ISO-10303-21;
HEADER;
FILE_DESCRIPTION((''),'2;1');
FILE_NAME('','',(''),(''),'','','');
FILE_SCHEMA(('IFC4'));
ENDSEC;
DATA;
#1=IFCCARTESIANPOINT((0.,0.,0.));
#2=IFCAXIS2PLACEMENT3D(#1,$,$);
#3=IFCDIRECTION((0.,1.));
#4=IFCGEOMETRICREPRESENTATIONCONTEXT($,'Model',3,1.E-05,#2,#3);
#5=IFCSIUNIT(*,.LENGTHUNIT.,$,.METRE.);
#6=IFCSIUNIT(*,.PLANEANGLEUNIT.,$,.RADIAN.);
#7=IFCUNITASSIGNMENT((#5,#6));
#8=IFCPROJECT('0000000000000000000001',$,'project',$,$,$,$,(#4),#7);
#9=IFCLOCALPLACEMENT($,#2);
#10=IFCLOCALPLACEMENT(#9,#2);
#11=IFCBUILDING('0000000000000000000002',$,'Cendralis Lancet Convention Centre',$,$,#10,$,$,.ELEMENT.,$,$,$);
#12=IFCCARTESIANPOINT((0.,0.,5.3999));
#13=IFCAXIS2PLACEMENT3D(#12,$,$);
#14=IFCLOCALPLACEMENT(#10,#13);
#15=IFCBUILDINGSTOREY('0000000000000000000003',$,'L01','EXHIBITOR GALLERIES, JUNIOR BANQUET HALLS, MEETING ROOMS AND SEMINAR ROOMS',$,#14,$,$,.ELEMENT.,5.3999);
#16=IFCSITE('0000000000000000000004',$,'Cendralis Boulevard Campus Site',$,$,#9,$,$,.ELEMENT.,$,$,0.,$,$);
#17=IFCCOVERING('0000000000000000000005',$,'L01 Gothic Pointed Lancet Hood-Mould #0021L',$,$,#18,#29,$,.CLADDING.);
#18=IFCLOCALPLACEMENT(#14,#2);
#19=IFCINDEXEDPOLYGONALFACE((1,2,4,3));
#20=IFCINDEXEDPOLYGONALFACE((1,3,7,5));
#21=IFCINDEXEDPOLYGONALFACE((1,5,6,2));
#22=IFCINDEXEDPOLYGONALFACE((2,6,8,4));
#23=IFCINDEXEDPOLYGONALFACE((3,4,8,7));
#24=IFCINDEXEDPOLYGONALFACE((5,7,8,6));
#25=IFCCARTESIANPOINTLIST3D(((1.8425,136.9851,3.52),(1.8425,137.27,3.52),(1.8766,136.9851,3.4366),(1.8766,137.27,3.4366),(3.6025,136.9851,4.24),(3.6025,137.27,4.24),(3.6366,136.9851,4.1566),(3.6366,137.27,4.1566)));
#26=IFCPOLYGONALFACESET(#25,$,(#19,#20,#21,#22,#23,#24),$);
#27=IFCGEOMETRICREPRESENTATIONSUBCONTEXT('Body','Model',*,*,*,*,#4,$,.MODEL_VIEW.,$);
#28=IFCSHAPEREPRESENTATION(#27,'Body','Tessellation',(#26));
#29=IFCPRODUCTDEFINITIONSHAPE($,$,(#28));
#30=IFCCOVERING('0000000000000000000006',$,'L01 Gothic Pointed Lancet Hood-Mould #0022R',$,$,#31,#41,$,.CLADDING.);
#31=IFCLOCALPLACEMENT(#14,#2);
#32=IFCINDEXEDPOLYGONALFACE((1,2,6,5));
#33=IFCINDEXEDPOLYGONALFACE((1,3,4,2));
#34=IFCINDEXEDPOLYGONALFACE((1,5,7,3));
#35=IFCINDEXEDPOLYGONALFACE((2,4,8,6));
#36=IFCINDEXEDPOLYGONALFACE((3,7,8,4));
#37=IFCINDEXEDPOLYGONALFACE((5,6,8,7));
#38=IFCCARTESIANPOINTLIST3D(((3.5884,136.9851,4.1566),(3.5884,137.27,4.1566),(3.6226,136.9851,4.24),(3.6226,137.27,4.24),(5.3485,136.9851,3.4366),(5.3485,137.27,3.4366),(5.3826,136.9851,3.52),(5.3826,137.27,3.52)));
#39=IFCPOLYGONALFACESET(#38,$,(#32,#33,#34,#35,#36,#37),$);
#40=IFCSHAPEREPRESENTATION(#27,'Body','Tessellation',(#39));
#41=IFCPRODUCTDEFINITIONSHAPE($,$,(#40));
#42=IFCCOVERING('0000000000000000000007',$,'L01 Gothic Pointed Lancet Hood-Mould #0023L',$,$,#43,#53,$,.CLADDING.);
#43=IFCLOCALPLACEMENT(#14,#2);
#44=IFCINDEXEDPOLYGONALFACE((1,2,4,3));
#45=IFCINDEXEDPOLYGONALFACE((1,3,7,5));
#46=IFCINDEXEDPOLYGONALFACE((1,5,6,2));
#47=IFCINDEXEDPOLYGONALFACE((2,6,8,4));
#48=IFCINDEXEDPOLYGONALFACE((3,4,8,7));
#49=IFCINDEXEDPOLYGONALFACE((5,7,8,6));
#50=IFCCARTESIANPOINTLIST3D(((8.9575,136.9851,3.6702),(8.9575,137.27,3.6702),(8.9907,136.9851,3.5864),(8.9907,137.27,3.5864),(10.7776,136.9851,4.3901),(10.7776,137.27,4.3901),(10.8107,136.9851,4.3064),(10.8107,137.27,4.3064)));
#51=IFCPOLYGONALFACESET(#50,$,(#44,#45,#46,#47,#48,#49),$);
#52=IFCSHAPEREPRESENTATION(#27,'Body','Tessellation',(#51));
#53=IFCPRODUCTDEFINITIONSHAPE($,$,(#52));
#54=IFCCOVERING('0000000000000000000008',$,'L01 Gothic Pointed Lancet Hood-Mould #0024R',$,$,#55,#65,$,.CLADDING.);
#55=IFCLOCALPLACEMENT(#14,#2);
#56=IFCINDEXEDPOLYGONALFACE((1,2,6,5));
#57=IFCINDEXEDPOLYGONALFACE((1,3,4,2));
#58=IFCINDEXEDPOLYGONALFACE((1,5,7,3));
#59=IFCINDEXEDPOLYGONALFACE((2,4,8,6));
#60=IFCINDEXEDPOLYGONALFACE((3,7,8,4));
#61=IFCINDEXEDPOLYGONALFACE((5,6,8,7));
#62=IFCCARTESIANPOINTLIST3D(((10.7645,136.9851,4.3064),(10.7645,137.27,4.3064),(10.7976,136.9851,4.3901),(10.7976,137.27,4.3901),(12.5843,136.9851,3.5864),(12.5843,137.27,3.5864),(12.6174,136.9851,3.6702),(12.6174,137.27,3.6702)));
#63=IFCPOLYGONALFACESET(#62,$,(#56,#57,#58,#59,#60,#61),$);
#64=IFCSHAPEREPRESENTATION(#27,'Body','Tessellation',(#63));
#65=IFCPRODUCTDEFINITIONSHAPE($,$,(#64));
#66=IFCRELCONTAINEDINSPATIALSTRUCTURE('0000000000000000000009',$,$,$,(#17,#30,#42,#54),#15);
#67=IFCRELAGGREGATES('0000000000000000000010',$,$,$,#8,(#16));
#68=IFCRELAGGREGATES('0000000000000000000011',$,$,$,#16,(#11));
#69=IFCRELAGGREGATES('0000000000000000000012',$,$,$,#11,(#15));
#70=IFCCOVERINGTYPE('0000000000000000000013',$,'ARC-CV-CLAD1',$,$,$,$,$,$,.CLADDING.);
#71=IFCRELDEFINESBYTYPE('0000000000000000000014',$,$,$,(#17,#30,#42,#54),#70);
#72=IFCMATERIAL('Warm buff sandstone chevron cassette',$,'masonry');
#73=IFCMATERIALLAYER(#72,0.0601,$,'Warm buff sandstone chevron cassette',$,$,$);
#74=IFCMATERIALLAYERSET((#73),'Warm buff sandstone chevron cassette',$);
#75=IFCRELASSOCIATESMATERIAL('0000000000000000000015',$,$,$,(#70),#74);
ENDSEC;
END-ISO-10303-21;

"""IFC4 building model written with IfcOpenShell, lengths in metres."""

from ifc_helpers import new_model, si_unit, direction, frame, origin, place, context, subcontext, project, spatial, polyline, outline, extrude, material, layer, layer_set, type_object, element, save


model = new_model("IFC4")

# Units and contexts
model_context = context("Model", 3, precision=1e-05, world=origin(), true_north=direction((0.0, 1.0)))
body_context = subcontext(model_context, "Body", "Model", "MODEL_VIEW")
ifc_project = project(units=[si_unit("LENGTHUNIT", "METRE"), si_unit("PLANEANGLEUNIT", "RADIAN")], contexts=[model_context])

# Site, building, storey
site_placement = place(None, origin())
site = spatial("IfcSite", under=ifc_project, at=site_placement, Name="Cendralis Boulevard Campus Site", CompositionType="ELEMENT", RefElevation=0.0)
building_placement = place(site_placement, origin())
building = spatial("IfcBuilding", under=site, at=building_placement, Name="Cendralis Lancet Convention Centre", CompositionType="ELEMENT")
storey_placement = place(building_placement, frame((0.0, 0.0, 5.3999)))
storey = spatial("IfcBuildingStorey", under=building, at=storey_placement, Name="L01", Description="EXHIBITOR GALLERIES, JUNIOR BANQUET HALLS, MEETING ROOMS AND SEMINAR ROOMS", CompositionType="ELEMENT", Elevation=5.3999)

# Coverings
ifc_material_1 = material(Name="Warm buff sandstone chevron cassette", Category="masonry")
ifc_layer_1 = layer(ifc_material_1, 0.0601, Name="Warm buff sandstone chevron cassette")
ifc_layer_set_1 = layer_set([ifc_layer_1], Name="Warm buff sandstone chevron cassette")
covering_type = type_object("IfcCoveringType", Name="ARC-CV-CLAD1", PredefinedType="CLADDING", material=ifc_layer_set_1)
for number, where, z_axis, x_axis, name in (
    (1, (1.8425, 137.27, 3.52), (-0.378618, 0.0, 0.925553), (0.0, -1.0, 0.0), "L01 Gothic Pointed Lancet Hood-Mould #0021L"),
    (2, (3.6226, 137.27, 4.24), (0.378618, 0.0, 0.925553), (0.0, -1.0, 0.0), "L01 Gothic Pointed Lancet Hood-Mould #0022R"),
):
    element("IfcCovering", number, at=place(storey_placement, frame(where, z_axis=z_axis, x_axis=x_axis)), inside=storey, type_object=covering_type, Name=name, PredefinedType="CLADDING", context=body_context, shape_type="SweptSolid", body=[
        extrude(outline(polyline([(0.0, 0.0), (0.2849, 0.0), (0.2849, 1.9016), (0.0, 1.9016), (0.0, 0.0)])), origin(), (0.0, 0.0, -1.0), 0.0901),
    ])
covering_1_placement = place(storey_placement, frame((8.9575, 137.27, 3.6702), z_axis=(-0.36784, 0.0, 0.929889), x_axis=(0.0, -1.0, 0.0)))
element("IfcCovering", 3, at=covering_1_placement, inside=storey, type_object=covering_type, Name="L01 Gothic Pointed Lancet Hood-Mould #0023L", PredefinedType="CLADDING", context=body_context, shape_type="SweptSolid", body=[
    extrude(outline(polyline([(0.0, 0.0), (0.2849, 0.0), (0.2849, 1.9573), (0.0, 1.9573), (0.0, 0.0)])), origin(), (0.0, 0.0, -1.0), 0.0901),
])
covering_2_placement = place(storey_placement, frame((10.7976, 137.27, 4.3901), z_axis=(0.367882, 0.0, 0.929872), x_axis=(0.0, -1.0, 0.0)))
element("IfcCovering", 4, at=covering_2_placement, inside=storey, type_object=covering_type, Name="L01 Gothic Pointed Lancet Hood-Mould #0024R", PredefinedType="CLADDING", context=body_context, shape_type="SweptSolid", body=[
    extrude(outline(polyline([(0.0, 0.0), (0.2849, 0.0), (0.2849, 1.9571), (0.0, 1.9571), (0.0, 0.0)])), origin(), (0.0, 0.0, -1.0), 0.0901),
])

save(model, "model.ifc")
